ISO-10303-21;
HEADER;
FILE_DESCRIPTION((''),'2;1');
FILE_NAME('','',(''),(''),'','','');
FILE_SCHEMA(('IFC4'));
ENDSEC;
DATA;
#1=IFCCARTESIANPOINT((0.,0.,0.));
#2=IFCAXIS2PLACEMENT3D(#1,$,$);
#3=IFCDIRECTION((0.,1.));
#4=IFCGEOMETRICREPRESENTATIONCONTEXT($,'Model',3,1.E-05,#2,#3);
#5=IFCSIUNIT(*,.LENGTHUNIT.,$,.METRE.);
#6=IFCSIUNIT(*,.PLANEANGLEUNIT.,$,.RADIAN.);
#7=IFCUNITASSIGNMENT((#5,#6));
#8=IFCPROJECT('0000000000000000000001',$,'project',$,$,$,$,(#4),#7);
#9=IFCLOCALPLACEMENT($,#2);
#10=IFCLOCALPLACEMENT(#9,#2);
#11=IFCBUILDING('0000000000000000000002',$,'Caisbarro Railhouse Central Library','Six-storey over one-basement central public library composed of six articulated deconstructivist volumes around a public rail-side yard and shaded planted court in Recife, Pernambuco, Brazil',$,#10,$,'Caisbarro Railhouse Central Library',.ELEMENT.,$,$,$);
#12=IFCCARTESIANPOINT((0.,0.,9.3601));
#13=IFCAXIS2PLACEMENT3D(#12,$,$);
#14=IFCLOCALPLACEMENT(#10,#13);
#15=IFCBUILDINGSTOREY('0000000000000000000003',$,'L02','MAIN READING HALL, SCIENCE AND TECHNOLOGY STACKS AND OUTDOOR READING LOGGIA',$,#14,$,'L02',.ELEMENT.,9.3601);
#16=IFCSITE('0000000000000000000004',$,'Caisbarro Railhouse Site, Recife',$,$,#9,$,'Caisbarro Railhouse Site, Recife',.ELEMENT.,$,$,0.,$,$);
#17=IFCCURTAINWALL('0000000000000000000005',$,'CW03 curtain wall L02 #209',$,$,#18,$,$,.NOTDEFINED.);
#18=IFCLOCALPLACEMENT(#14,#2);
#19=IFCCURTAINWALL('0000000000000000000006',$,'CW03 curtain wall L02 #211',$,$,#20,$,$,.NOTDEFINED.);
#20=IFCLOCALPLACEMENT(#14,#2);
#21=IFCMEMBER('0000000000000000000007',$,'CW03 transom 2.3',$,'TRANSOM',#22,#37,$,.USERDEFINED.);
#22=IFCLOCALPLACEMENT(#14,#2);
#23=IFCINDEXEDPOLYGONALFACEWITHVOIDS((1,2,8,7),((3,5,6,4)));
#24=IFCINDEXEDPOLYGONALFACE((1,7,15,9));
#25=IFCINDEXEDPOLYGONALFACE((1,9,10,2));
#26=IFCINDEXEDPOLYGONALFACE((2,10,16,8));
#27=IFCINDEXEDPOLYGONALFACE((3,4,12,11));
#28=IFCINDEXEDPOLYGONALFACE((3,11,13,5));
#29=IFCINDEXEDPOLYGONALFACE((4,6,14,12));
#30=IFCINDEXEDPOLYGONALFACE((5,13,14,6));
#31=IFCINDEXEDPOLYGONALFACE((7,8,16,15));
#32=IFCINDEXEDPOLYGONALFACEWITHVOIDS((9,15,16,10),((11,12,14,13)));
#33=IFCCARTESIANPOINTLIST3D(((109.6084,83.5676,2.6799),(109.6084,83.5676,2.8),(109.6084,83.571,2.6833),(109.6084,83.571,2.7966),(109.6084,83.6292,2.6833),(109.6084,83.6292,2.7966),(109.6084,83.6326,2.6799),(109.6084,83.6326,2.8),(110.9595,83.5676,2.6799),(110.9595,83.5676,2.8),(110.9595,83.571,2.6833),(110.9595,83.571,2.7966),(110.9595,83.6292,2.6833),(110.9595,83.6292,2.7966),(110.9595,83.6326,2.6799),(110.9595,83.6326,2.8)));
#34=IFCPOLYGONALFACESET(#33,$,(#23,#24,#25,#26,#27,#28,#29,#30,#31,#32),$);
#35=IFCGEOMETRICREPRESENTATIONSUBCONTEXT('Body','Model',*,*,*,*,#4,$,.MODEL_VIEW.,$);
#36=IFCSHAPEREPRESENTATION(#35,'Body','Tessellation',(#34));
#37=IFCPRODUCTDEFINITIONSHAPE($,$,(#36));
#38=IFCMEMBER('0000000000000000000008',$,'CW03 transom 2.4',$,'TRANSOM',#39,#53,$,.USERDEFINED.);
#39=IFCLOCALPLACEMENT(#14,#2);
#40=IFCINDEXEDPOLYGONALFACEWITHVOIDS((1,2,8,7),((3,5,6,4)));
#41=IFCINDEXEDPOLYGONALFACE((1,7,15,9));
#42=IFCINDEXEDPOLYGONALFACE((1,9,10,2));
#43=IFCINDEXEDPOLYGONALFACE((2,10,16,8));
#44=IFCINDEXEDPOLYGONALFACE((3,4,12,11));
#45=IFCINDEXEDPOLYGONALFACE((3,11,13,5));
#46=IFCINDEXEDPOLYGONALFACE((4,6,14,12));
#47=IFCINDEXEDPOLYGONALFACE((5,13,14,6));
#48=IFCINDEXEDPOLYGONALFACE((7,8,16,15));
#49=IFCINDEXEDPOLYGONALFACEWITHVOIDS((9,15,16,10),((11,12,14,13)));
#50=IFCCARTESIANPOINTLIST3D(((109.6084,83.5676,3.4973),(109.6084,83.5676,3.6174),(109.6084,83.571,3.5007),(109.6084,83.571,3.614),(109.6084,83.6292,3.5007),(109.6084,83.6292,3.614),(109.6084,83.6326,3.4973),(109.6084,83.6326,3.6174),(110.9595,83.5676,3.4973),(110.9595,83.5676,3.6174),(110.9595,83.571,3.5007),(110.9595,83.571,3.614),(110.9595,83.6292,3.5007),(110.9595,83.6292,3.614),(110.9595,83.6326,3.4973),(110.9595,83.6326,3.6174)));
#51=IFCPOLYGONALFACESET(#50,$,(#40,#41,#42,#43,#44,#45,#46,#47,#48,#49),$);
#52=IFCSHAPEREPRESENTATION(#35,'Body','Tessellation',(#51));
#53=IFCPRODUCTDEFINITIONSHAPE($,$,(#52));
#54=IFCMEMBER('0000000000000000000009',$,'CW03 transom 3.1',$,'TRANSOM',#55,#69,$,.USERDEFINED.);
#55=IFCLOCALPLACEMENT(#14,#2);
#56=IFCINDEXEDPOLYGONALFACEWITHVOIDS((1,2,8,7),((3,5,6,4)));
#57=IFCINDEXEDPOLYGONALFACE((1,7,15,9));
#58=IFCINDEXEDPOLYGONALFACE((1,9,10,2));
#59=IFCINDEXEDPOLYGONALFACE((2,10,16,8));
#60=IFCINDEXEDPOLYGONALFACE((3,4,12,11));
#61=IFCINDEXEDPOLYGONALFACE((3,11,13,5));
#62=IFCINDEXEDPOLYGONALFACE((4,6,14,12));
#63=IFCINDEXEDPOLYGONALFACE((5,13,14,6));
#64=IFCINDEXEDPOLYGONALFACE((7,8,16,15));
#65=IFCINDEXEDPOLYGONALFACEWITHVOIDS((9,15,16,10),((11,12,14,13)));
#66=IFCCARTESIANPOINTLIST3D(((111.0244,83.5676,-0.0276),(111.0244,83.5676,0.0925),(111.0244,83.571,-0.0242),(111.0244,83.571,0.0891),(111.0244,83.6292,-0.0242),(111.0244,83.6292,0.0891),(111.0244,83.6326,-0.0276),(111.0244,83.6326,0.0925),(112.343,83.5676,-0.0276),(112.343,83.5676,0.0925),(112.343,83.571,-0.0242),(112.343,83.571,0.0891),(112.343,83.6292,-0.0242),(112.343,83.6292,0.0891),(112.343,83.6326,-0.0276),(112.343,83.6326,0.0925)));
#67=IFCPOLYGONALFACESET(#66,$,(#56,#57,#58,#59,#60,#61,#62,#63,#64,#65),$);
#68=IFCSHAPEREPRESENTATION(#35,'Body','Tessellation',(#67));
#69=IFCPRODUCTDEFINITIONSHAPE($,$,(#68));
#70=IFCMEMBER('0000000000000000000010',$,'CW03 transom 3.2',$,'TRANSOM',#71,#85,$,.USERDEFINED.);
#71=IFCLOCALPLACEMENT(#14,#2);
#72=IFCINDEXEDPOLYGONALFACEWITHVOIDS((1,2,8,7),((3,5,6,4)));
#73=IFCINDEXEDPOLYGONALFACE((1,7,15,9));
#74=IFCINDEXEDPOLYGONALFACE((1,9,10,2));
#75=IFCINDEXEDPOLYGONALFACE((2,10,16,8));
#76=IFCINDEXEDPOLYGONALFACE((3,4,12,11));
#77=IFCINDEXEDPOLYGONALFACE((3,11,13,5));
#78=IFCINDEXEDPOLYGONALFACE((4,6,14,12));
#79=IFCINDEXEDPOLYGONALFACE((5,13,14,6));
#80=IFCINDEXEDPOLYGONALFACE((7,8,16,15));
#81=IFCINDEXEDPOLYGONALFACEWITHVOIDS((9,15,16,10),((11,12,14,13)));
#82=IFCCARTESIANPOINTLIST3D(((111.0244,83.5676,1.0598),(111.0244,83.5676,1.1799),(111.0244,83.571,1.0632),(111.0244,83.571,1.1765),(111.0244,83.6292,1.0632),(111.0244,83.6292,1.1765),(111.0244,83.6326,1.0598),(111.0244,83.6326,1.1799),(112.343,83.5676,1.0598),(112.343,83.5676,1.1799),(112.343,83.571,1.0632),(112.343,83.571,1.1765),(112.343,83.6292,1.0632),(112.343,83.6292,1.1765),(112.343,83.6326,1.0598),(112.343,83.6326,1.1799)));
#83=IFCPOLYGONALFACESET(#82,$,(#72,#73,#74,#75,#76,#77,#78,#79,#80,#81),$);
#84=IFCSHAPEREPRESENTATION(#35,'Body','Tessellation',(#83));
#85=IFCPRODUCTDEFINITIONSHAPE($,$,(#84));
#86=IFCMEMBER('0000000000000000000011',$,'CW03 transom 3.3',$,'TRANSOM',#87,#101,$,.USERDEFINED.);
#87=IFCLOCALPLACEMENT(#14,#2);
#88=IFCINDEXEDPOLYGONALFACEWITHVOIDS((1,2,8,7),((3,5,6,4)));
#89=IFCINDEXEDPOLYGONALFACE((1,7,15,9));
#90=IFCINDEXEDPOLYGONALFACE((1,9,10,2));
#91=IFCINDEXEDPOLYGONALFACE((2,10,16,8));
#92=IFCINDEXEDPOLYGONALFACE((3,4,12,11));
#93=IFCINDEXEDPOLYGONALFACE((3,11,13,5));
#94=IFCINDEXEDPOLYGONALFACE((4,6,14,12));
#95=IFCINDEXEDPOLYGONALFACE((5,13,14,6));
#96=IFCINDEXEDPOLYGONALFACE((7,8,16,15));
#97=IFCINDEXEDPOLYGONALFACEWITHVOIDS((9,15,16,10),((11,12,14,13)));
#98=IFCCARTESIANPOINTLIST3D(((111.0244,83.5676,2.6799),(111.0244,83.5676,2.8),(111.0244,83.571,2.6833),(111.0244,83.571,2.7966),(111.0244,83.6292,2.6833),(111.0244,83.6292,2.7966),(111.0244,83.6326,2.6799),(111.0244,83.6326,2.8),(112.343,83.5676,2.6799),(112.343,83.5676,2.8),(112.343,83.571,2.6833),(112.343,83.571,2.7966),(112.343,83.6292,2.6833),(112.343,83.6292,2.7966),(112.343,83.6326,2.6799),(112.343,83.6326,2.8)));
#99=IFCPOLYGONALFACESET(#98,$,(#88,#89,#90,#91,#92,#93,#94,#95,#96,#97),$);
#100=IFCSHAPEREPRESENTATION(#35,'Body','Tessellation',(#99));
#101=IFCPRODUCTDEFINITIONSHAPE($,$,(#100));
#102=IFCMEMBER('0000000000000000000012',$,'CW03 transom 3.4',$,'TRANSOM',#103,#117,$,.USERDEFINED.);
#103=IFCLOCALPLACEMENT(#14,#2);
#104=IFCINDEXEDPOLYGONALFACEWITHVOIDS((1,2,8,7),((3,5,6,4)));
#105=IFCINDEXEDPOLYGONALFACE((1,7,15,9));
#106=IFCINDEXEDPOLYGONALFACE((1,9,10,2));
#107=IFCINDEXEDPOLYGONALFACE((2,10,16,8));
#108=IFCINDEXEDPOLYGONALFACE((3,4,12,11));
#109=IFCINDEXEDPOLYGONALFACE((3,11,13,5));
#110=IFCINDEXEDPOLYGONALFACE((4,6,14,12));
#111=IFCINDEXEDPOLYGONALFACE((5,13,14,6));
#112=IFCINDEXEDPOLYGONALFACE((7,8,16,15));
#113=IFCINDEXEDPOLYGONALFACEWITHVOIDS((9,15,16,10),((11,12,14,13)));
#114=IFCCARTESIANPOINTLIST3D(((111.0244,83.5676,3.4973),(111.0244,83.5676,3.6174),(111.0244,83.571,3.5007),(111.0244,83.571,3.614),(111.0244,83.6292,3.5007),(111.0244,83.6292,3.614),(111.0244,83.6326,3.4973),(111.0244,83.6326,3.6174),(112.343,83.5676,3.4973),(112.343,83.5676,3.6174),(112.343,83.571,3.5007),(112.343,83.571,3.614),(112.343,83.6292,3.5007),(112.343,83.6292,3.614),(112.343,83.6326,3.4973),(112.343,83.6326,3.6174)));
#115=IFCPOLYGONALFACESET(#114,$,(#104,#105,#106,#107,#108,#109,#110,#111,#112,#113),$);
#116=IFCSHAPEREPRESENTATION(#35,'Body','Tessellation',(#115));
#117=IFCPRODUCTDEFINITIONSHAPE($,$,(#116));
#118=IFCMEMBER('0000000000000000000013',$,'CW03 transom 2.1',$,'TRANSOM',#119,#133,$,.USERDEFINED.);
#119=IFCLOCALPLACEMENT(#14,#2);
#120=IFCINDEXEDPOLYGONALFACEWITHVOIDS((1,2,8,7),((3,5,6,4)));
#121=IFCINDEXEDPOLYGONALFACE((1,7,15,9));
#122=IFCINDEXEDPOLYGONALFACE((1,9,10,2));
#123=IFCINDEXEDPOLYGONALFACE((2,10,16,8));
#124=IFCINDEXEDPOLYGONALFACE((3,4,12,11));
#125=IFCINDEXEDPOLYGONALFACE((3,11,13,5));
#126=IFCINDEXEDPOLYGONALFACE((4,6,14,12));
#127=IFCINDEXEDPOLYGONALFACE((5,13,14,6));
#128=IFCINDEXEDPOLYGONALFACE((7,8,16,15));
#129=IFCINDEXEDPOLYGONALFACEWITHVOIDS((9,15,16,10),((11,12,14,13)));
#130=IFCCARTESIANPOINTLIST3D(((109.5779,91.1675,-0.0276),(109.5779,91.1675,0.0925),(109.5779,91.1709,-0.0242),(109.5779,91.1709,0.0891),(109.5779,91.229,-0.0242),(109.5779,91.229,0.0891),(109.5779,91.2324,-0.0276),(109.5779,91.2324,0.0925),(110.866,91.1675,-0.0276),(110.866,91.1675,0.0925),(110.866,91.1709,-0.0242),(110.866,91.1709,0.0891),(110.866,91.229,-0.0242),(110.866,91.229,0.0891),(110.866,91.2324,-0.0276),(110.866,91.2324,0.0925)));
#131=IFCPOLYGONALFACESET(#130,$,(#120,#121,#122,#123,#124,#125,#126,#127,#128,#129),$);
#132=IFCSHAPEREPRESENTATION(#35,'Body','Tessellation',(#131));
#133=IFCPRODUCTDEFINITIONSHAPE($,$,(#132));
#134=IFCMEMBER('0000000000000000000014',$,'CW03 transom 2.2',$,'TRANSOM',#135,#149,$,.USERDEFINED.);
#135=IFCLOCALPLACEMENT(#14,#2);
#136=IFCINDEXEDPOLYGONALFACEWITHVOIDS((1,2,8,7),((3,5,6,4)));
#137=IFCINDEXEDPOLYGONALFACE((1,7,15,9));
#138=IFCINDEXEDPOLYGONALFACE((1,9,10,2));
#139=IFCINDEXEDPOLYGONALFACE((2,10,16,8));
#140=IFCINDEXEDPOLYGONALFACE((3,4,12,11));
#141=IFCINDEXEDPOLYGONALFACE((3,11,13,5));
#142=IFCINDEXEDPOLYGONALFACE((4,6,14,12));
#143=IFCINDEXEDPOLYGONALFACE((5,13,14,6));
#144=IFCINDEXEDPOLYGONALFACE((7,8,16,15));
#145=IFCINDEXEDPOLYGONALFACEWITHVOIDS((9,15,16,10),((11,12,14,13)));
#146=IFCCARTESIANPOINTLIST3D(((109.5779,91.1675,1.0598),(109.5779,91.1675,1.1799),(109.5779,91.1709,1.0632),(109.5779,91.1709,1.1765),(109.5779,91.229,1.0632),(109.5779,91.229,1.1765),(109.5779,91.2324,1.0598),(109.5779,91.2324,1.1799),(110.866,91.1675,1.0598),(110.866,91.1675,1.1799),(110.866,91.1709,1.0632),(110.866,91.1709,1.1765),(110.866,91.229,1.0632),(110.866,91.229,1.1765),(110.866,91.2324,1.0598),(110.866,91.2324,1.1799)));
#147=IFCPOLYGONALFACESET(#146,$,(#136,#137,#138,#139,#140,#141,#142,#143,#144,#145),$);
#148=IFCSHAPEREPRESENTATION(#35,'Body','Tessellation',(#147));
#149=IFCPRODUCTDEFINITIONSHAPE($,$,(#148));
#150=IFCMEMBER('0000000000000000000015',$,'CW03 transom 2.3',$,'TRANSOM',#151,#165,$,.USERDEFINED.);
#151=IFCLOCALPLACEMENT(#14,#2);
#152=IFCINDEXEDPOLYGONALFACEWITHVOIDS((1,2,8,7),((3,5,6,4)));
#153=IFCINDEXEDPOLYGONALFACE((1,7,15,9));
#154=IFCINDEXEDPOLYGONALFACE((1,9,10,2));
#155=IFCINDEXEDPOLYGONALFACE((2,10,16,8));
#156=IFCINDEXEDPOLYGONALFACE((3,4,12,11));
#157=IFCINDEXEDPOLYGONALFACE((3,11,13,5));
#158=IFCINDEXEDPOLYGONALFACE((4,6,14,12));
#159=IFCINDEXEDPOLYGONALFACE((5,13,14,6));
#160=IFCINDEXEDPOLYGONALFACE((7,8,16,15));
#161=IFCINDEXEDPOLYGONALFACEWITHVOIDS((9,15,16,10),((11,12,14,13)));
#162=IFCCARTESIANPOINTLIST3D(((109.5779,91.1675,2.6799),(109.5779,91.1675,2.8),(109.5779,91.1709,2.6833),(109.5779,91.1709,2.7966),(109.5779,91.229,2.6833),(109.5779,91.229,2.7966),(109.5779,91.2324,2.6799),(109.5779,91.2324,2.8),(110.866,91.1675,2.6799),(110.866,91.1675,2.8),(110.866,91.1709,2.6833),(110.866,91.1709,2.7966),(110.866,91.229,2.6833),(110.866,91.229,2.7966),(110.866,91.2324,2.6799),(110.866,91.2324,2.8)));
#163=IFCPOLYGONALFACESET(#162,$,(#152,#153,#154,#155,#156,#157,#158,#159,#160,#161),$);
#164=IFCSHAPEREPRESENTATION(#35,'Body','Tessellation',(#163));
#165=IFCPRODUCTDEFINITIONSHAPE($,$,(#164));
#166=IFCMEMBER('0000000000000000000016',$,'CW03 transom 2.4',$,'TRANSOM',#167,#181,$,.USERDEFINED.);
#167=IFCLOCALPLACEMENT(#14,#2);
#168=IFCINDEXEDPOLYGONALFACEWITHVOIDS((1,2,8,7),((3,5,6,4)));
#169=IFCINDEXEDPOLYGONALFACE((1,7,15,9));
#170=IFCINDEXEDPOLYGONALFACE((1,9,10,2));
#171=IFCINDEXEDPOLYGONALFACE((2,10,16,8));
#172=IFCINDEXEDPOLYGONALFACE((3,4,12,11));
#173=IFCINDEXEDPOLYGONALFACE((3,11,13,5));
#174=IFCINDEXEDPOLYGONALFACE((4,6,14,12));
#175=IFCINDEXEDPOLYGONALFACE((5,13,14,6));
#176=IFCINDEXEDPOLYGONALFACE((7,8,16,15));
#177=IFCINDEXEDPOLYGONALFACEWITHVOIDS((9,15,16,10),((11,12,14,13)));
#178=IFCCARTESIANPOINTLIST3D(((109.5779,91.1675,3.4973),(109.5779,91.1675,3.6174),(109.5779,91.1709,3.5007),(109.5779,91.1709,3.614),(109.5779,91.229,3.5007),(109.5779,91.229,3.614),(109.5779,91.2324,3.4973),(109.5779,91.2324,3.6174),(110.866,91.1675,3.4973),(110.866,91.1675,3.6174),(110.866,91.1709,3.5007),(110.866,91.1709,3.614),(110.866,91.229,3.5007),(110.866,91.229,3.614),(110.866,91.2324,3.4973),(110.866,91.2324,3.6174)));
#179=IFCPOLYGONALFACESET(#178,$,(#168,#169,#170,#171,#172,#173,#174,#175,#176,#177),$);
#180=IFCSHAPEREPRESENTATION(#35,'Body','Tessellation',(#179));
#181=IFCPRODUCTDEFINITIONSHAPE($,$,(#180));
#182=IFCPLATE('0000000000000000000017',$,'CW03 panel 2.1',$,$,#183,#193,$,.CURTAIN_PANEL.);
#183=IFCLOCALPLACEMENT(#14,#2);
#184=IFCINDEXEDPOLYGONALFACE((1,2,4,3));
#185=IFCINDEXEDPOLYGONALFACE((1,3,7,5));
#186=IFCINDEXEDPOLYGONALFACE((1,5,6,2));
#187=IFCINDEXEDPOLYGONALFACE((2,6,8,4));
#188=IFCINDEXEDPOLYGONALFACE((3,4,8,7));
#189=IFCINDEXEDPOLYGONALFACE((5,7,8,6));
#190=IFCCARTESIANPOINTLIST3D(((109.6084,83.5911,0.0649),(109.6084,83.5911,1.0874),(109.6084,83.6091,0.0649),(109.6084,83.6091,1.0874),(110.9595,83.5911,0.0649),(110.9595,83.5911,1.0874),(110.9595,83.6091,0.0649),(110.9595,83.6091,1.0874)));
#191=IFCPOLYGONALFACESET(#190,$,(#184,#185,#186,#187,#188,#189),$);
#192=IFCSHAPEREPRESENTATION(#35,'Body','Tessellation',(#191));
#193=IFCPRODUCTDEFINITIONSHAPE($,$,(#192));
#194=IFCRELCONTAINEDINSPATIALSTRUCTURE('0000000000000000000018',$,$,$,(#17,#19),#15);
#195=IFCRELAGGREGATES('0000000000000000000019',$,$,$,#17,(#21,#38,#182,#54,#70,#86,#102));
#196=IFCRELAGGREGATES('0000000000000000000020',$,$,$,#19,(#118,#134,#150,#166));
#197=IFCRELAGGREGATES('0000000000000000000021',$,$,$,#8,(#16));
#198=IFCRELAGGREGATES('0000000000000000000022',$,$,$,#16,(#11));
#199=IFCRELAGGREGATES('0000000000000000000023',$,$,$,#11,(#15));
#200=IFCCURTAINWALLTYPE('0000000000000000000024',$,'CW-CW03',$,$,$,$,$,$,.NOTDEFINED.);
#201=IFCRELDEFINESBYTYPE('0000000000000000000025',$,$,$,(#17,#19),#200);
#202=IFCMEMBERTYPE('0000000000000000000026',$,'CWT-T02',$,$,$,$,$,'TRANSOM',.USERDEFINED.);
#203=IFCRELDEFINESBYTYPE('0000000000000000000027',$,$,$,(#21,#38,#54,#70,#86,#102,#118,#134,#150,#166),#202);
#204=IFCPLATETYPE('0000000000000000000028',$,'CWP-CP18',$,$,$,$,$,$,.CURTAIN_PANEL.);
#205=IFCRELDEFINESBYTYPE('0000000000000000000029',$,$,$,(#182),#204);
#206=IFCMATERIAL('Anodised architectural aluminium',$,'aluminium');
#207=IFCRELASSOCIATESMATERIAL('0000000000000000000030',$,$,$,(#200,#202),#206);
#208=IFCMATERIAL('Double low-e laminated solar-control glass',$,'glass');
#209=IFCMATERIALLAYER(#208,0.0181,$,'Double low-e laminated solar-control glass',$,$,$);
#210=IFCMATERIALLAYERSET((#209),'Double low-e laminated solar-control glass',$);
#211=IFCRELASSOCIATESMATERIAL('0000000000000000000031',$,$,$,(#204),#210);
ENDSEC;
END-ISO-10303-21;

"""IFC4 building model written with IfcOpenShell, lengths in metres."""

from ifc_helpers import new_model, si_unit, direction, frame, origin, origin_2d, place, context, subcontext, project, spatial, rectangle, hollow_rectangle, extrude, material, layer, layer_set, material_profile, profile_set, type_object, element, aggregate, save


model = new_model("IFC4")

# Units and contexts
model_context = context("Model", 3, precision=1e-05, world=origin(), true_north=direction((0.0, 1.0)))
body_context = subcontext(model_context, "Body", "Model", "MODEL_VIEW")
ifc_project = project(units=[si_unit("LENGTHUNIT", "METRE"), si_unit("PLANEANGLEUNIT", "RADIAN")], contexts=[model_context])

# Site, building, storey
site_placement = place(None, origin())
site = spatial("IfcSite", under=ifc_project, at=site_placement, Name="Caisbarro Railhouse Site, Recife", LongName="Caisbarro Railhouse Site, Recife", CompositionType="ELEMENT", RefElevation=0.0)
building_placement = place(site_placement, origin())
building = spatial("IfcBuilding", under=site, at=building_placement, Name="Caisbarro Railhouse Central Library", Description="Six-storey over one-basement central public library composed of six articulated deconstructivist volumes around a public rail-side yard and shaded planted court in Recife, Pernambuco, Brazil", LongName="Caisbarro Railhouse Central Library", CompositionType="ELEMENT")
storey_placement = place(building_placement, frame((0.0, 0.0, 9.3601)))
storey = spatial("IfcBuildingStorey", under=building, at=storey_placement, Name="L02", Description="MAIN READING HALL, SCIENCE AND TECHNOLOGY STACKS AND OUTDOOR READING LOGGIA", LongName="L02", CompositionType="ELEMENT", Elevation=9.3601)

# Curtain wall
ifc_material_1 = material(Name="Anodised architectural aluminium", Category="aluminium")
curtain_wall_type = type_object("IfcCurtainWallType", Name="CW-CW03", PredefinedType="NOTDEFINED", material=ifc_material_1)
curtain_wall_1_placement = place(storey_placement, origin())
curtain_wall_1 = element("IfcCurtainWall", 1, at=curtain_wall_1_placement, inside=storey, type_object=curtain_wall_type, Name="CW03 curtain wall L02 #209", PredefinedType="NOTDEFINED")

# Curtain wall
curtain_wall_2_placement = place(storey_placement, origin())
curtain_wall_2 = element("IfcCurtainWall", 2, at=curtain_wall_2_placement, inside=storey, type_object=curtain_wall_type, Name="CW03 curtain wall L02 #211", PredefinedType="NOTDEFINED")

# Members
ifc_material_profile_1 = material_profile(ifc_material_1, hollow_rectangle(XDim=0.0649, YDim=0.1201, WallThickness=0.0034, at=origin_2d()), Name="ALU-TRN-65X120")
ifc_profile_set_1 = profile_set([ifc_material_profile_1], Name="Anodised architectural aluminium")
member_type_1 = type_object("IfcMemberType", Name="CWT-T02", ElementType="TRANSOM", PredefinedType="USERDEFINED", material=ifc_profile_set_1)
member_1_placement = place(storey_placement, frame((109.6084, 83.6001, 2.74), z_axis=(1.0, 0.0, 0.0), x_axis=(0.0, 1.0, 0.0)))
member_1 = element("IfcMember", 3, at=member_1_placement, type_object=member_type_1, Name="CW03 transom 2.3", ObjectType="TRANSOM", PredefinedType="USERDEFINED", context=body_context, shape_type="SweptSolid", body=[
    extrude(hollow_rectangle(XDim=0.0649, YDim=0.1201, WallThickness=0.0034, at=origin_2d()), origin(), (0.0, 0.0, 1.0), 1.3511),
])
member_2_placement = place(storey_placement, frame((109.6084, 83.6001, 3.5574), z_axis=(1.0, 0.0, 0.0), x_axis=(0.0, 1.0, 0.0)))
member_2 = element("IfcMember", 4, at=member_2_placement, type_object=member_type_1, Name="CW03 transom 2.4", ObjectType="TRANSOM", PredefinedType="USERDEFINED", context=body_context, shape_type="SweptSolid", body=[
    extrude(hollow_rectangle(XDim=0.0649, YDim=0.1201, WallThickness=0.0034, at=origin_2d()), origin(), (0.0, 0.0, 1.0), 1.3511),
])
member_3_placement = place(storey_placement, frame((111.0244, 83.6001, 0.0325), z_axis=(1.0, 0.0, 0.0), x_axis=(0.0, 1.0, 0.0)))
member_3 = element("IfcMember", 5, at=member_3_placement, type_object=member_type_1, Name="CW03 transom 3.1", ObjectType="TRANSOM", PredefinedType="USERDEFINED", context=body_context, shape_type="SweptSolid", body=[
    extrude(hollow_rectangle(XDim=0.0649, YDim=0.1201, WallThickness=0.0034, at=origin_2d()), origin(), (0.0, 0.0, 1.0), 1.3186),
])
member_4_placement = place(storey_placement, frame((111.0244, 83.6001, 1.1199), z_axis=(1.0, 0.0, 0.0), x_axis=(0.0, 1.0, 0.0)))
member_4 = element("IfcMember", 6, at=member_4_placement, type_object=member_type_1, Name="CW03 transom 3.2", ObjectType="TRANSOM", PredefinedType="USERDEFINED", context=body_context, shape_type="SweptSolid", body=[
    extrude(hollow_rectangle(XDim=0.0649, YDim=0.1201, WallThickness=0.0034, at=origin_2d()), origin(), (0.0, 0.0, 1.0), 1.3186),
])
member_5_placement = place(storey_placement, frame((111.0244, 83.6001, 2.74), z_axis=(1.0, 0.0, 0.0), x_axis=(0.0, 1.0, 0.0)))
member_5 = element("IfcMember", 7, at=member_5_placement, type_object=member_type_1, Name="CW03 transom 3.3", ObjectType="TRANSOM", PredefinedType="USERDEFINED", context=body_context, shape_type="SweptSolid", body=[
    extrude(hollow_rectangle(XDim=0.0649, YDim=0.1201, WallThickness=0.0034, at=origin_2d()), origin(), (0.0, 0.0, 1.0), 1.3186),
])
member_6_placement = place(storey_placement, frame((111.0244, 83.6001, 3.5574), z_axis=(1.0, 0.0, 0.0), x_axis=(0.0, 1.0, 0.0)))
member_6 = element("IfcMember", 8, at=member_6_placement, type_object=member_type_1, Name="CW03 transom 3.4", ObjectType="TRANSOM", PredefinedType="USERDEFINED", context=body_context, shape_type="SweptSolid", body=[
    extrude(hollow_rectangle(XDim=0.0649, YDim=0.1201, WallThickness=0.0034, at=origin_2d()), origin(), (0.0, 0.0, 1.0), 1.3186),
])
member_7_placement = place(storey_placement, frame((109.5779, 91.2, 0.0325), z_axis=(1.0, 0.0, 0.0), x_axis=(0.0, 1.0, 0.0)))
member_7 = element("IfcMember", 9, at=member_7_placement, type_object=member_type_1, Name="CW03 transom 2.1", ObjectType="TRANSOM", PredefinedType="USERDEFINED", context=body_context, shape_type="SweptSolid", body=[
    extrude(hollow_rectangle(XDim=0.0649, YDim=0.1201, WallThickness=0.0034, at=origin_2d()), origin(), (0.0, 0.0, 1.0), 1.2881),
])
member_8_placement = place(storey_placement, frame((109.5779, 91.2, 1.1199), z_axis=(1.0, 0.0, 0.0), x_axis=(0.0, 1.0, 0.0)))
member_8 = element("IfcMember", 10, at=member_8_placement, type_object=member_type_1, Name="CW03 transom 2.2", ObjectType="TRANSOM", PredefinedType="USERDEFINED", context=body_context, shape_type="SweptSolid", body=[
    extrude(hollow_rectangle(XDim=0.0649, YDim=0.1201, WallThickness=0.0034, at=origin_2d()), origin(), (0.0, 0.0, 1.0), 1.2881),
])
member_9_placement = place(storey_placement, frame((109.5779, 91.2, 2.74), z_axis=(1.0, 0.0, 0.0), x_axis=(0.0, 1.0, 0.0)))
member_9 = element("IfcMember", 11, at=member_9_placement, type_object=member_type_1, Name="CW03 transom 2.3", ObjectType="TRANSOM", PredefinedType="USERDEFINED", context=body_context, shape_type="SweptSolid", body=[
    extrude(hollow_rectangle(XDim=0.0649, YDim=0.1201, WallThickness=0.0034, at=origin_2d()), origin(), (0.0, 0.0, 1.0), 1.2881),
])
member_10_placement = place(storey_placement, frame((109.5779, 91.2, 3.5574), z_axis=(1.0, 0.0, 0.0), x_axis=(0.0, 1.0, 0.0)))
member_10 = element("IfcMember", 12, at=member_10_placement, type_object=member_type_1, Name="CW03 transom 2.4", ObjectType="TRANSOM", PredefinedType="USERDEFINED", context=body_context, shape_type="SweptSolid", body=[
    extrude(hollow_rectangle(XDim=0.0649, YDim=0.1201, WallThickness=0.0034, at=origin_2d()), origin(), (0.0, 0.0, 1.0), 1.2881),
])

# Plate
ifc_material_2 = material(Name="Double low-e laminated solar-control glass", Category="glass")
ifc_layer_1 = layer(ifc_material_2, 0.0181, Name="Double low-e laminated solar-control glass")
ifc_layer_set_1 = layer_set([ifc_layer_1], Name="Double low-e laminated solar-control glass")
plate_type_1 = type_object("IfcPlateType", Name="CWP-CP18", PredefinedType="CURTAIN_PANEL", material=ifc_layer_set_1)
plate_1_placement = place(storey_placement, frame((110.2839, 83.6001, 0.0649), z_axis=(0.0, 0.0, 1.0), x_axis=(1.0, 0.0, 0.0)))
plate_1 = element("IfcPlate", 13, at=plate_1_placement, type_object=plate_type_1, Name="CW03 panel 2.1", PredefinedType="CURTAIN_PANEL", context=body_context, shape_type="SweptSolid", body=[
    extrude(rectangle(XDim=1.3511, YDim=0.0181, at=origin_2d()), origin(), (0.0, 0.0, 1.0), 1.0225),
])
aggregate(curtain_wall_1, [member_1, member_2, plate_1, member_3, member_4, member_5, member_6])
aggregate(curtain_wall_2, [member_7, member_8, member_9, member_10])

save(model, "model.ifc")
